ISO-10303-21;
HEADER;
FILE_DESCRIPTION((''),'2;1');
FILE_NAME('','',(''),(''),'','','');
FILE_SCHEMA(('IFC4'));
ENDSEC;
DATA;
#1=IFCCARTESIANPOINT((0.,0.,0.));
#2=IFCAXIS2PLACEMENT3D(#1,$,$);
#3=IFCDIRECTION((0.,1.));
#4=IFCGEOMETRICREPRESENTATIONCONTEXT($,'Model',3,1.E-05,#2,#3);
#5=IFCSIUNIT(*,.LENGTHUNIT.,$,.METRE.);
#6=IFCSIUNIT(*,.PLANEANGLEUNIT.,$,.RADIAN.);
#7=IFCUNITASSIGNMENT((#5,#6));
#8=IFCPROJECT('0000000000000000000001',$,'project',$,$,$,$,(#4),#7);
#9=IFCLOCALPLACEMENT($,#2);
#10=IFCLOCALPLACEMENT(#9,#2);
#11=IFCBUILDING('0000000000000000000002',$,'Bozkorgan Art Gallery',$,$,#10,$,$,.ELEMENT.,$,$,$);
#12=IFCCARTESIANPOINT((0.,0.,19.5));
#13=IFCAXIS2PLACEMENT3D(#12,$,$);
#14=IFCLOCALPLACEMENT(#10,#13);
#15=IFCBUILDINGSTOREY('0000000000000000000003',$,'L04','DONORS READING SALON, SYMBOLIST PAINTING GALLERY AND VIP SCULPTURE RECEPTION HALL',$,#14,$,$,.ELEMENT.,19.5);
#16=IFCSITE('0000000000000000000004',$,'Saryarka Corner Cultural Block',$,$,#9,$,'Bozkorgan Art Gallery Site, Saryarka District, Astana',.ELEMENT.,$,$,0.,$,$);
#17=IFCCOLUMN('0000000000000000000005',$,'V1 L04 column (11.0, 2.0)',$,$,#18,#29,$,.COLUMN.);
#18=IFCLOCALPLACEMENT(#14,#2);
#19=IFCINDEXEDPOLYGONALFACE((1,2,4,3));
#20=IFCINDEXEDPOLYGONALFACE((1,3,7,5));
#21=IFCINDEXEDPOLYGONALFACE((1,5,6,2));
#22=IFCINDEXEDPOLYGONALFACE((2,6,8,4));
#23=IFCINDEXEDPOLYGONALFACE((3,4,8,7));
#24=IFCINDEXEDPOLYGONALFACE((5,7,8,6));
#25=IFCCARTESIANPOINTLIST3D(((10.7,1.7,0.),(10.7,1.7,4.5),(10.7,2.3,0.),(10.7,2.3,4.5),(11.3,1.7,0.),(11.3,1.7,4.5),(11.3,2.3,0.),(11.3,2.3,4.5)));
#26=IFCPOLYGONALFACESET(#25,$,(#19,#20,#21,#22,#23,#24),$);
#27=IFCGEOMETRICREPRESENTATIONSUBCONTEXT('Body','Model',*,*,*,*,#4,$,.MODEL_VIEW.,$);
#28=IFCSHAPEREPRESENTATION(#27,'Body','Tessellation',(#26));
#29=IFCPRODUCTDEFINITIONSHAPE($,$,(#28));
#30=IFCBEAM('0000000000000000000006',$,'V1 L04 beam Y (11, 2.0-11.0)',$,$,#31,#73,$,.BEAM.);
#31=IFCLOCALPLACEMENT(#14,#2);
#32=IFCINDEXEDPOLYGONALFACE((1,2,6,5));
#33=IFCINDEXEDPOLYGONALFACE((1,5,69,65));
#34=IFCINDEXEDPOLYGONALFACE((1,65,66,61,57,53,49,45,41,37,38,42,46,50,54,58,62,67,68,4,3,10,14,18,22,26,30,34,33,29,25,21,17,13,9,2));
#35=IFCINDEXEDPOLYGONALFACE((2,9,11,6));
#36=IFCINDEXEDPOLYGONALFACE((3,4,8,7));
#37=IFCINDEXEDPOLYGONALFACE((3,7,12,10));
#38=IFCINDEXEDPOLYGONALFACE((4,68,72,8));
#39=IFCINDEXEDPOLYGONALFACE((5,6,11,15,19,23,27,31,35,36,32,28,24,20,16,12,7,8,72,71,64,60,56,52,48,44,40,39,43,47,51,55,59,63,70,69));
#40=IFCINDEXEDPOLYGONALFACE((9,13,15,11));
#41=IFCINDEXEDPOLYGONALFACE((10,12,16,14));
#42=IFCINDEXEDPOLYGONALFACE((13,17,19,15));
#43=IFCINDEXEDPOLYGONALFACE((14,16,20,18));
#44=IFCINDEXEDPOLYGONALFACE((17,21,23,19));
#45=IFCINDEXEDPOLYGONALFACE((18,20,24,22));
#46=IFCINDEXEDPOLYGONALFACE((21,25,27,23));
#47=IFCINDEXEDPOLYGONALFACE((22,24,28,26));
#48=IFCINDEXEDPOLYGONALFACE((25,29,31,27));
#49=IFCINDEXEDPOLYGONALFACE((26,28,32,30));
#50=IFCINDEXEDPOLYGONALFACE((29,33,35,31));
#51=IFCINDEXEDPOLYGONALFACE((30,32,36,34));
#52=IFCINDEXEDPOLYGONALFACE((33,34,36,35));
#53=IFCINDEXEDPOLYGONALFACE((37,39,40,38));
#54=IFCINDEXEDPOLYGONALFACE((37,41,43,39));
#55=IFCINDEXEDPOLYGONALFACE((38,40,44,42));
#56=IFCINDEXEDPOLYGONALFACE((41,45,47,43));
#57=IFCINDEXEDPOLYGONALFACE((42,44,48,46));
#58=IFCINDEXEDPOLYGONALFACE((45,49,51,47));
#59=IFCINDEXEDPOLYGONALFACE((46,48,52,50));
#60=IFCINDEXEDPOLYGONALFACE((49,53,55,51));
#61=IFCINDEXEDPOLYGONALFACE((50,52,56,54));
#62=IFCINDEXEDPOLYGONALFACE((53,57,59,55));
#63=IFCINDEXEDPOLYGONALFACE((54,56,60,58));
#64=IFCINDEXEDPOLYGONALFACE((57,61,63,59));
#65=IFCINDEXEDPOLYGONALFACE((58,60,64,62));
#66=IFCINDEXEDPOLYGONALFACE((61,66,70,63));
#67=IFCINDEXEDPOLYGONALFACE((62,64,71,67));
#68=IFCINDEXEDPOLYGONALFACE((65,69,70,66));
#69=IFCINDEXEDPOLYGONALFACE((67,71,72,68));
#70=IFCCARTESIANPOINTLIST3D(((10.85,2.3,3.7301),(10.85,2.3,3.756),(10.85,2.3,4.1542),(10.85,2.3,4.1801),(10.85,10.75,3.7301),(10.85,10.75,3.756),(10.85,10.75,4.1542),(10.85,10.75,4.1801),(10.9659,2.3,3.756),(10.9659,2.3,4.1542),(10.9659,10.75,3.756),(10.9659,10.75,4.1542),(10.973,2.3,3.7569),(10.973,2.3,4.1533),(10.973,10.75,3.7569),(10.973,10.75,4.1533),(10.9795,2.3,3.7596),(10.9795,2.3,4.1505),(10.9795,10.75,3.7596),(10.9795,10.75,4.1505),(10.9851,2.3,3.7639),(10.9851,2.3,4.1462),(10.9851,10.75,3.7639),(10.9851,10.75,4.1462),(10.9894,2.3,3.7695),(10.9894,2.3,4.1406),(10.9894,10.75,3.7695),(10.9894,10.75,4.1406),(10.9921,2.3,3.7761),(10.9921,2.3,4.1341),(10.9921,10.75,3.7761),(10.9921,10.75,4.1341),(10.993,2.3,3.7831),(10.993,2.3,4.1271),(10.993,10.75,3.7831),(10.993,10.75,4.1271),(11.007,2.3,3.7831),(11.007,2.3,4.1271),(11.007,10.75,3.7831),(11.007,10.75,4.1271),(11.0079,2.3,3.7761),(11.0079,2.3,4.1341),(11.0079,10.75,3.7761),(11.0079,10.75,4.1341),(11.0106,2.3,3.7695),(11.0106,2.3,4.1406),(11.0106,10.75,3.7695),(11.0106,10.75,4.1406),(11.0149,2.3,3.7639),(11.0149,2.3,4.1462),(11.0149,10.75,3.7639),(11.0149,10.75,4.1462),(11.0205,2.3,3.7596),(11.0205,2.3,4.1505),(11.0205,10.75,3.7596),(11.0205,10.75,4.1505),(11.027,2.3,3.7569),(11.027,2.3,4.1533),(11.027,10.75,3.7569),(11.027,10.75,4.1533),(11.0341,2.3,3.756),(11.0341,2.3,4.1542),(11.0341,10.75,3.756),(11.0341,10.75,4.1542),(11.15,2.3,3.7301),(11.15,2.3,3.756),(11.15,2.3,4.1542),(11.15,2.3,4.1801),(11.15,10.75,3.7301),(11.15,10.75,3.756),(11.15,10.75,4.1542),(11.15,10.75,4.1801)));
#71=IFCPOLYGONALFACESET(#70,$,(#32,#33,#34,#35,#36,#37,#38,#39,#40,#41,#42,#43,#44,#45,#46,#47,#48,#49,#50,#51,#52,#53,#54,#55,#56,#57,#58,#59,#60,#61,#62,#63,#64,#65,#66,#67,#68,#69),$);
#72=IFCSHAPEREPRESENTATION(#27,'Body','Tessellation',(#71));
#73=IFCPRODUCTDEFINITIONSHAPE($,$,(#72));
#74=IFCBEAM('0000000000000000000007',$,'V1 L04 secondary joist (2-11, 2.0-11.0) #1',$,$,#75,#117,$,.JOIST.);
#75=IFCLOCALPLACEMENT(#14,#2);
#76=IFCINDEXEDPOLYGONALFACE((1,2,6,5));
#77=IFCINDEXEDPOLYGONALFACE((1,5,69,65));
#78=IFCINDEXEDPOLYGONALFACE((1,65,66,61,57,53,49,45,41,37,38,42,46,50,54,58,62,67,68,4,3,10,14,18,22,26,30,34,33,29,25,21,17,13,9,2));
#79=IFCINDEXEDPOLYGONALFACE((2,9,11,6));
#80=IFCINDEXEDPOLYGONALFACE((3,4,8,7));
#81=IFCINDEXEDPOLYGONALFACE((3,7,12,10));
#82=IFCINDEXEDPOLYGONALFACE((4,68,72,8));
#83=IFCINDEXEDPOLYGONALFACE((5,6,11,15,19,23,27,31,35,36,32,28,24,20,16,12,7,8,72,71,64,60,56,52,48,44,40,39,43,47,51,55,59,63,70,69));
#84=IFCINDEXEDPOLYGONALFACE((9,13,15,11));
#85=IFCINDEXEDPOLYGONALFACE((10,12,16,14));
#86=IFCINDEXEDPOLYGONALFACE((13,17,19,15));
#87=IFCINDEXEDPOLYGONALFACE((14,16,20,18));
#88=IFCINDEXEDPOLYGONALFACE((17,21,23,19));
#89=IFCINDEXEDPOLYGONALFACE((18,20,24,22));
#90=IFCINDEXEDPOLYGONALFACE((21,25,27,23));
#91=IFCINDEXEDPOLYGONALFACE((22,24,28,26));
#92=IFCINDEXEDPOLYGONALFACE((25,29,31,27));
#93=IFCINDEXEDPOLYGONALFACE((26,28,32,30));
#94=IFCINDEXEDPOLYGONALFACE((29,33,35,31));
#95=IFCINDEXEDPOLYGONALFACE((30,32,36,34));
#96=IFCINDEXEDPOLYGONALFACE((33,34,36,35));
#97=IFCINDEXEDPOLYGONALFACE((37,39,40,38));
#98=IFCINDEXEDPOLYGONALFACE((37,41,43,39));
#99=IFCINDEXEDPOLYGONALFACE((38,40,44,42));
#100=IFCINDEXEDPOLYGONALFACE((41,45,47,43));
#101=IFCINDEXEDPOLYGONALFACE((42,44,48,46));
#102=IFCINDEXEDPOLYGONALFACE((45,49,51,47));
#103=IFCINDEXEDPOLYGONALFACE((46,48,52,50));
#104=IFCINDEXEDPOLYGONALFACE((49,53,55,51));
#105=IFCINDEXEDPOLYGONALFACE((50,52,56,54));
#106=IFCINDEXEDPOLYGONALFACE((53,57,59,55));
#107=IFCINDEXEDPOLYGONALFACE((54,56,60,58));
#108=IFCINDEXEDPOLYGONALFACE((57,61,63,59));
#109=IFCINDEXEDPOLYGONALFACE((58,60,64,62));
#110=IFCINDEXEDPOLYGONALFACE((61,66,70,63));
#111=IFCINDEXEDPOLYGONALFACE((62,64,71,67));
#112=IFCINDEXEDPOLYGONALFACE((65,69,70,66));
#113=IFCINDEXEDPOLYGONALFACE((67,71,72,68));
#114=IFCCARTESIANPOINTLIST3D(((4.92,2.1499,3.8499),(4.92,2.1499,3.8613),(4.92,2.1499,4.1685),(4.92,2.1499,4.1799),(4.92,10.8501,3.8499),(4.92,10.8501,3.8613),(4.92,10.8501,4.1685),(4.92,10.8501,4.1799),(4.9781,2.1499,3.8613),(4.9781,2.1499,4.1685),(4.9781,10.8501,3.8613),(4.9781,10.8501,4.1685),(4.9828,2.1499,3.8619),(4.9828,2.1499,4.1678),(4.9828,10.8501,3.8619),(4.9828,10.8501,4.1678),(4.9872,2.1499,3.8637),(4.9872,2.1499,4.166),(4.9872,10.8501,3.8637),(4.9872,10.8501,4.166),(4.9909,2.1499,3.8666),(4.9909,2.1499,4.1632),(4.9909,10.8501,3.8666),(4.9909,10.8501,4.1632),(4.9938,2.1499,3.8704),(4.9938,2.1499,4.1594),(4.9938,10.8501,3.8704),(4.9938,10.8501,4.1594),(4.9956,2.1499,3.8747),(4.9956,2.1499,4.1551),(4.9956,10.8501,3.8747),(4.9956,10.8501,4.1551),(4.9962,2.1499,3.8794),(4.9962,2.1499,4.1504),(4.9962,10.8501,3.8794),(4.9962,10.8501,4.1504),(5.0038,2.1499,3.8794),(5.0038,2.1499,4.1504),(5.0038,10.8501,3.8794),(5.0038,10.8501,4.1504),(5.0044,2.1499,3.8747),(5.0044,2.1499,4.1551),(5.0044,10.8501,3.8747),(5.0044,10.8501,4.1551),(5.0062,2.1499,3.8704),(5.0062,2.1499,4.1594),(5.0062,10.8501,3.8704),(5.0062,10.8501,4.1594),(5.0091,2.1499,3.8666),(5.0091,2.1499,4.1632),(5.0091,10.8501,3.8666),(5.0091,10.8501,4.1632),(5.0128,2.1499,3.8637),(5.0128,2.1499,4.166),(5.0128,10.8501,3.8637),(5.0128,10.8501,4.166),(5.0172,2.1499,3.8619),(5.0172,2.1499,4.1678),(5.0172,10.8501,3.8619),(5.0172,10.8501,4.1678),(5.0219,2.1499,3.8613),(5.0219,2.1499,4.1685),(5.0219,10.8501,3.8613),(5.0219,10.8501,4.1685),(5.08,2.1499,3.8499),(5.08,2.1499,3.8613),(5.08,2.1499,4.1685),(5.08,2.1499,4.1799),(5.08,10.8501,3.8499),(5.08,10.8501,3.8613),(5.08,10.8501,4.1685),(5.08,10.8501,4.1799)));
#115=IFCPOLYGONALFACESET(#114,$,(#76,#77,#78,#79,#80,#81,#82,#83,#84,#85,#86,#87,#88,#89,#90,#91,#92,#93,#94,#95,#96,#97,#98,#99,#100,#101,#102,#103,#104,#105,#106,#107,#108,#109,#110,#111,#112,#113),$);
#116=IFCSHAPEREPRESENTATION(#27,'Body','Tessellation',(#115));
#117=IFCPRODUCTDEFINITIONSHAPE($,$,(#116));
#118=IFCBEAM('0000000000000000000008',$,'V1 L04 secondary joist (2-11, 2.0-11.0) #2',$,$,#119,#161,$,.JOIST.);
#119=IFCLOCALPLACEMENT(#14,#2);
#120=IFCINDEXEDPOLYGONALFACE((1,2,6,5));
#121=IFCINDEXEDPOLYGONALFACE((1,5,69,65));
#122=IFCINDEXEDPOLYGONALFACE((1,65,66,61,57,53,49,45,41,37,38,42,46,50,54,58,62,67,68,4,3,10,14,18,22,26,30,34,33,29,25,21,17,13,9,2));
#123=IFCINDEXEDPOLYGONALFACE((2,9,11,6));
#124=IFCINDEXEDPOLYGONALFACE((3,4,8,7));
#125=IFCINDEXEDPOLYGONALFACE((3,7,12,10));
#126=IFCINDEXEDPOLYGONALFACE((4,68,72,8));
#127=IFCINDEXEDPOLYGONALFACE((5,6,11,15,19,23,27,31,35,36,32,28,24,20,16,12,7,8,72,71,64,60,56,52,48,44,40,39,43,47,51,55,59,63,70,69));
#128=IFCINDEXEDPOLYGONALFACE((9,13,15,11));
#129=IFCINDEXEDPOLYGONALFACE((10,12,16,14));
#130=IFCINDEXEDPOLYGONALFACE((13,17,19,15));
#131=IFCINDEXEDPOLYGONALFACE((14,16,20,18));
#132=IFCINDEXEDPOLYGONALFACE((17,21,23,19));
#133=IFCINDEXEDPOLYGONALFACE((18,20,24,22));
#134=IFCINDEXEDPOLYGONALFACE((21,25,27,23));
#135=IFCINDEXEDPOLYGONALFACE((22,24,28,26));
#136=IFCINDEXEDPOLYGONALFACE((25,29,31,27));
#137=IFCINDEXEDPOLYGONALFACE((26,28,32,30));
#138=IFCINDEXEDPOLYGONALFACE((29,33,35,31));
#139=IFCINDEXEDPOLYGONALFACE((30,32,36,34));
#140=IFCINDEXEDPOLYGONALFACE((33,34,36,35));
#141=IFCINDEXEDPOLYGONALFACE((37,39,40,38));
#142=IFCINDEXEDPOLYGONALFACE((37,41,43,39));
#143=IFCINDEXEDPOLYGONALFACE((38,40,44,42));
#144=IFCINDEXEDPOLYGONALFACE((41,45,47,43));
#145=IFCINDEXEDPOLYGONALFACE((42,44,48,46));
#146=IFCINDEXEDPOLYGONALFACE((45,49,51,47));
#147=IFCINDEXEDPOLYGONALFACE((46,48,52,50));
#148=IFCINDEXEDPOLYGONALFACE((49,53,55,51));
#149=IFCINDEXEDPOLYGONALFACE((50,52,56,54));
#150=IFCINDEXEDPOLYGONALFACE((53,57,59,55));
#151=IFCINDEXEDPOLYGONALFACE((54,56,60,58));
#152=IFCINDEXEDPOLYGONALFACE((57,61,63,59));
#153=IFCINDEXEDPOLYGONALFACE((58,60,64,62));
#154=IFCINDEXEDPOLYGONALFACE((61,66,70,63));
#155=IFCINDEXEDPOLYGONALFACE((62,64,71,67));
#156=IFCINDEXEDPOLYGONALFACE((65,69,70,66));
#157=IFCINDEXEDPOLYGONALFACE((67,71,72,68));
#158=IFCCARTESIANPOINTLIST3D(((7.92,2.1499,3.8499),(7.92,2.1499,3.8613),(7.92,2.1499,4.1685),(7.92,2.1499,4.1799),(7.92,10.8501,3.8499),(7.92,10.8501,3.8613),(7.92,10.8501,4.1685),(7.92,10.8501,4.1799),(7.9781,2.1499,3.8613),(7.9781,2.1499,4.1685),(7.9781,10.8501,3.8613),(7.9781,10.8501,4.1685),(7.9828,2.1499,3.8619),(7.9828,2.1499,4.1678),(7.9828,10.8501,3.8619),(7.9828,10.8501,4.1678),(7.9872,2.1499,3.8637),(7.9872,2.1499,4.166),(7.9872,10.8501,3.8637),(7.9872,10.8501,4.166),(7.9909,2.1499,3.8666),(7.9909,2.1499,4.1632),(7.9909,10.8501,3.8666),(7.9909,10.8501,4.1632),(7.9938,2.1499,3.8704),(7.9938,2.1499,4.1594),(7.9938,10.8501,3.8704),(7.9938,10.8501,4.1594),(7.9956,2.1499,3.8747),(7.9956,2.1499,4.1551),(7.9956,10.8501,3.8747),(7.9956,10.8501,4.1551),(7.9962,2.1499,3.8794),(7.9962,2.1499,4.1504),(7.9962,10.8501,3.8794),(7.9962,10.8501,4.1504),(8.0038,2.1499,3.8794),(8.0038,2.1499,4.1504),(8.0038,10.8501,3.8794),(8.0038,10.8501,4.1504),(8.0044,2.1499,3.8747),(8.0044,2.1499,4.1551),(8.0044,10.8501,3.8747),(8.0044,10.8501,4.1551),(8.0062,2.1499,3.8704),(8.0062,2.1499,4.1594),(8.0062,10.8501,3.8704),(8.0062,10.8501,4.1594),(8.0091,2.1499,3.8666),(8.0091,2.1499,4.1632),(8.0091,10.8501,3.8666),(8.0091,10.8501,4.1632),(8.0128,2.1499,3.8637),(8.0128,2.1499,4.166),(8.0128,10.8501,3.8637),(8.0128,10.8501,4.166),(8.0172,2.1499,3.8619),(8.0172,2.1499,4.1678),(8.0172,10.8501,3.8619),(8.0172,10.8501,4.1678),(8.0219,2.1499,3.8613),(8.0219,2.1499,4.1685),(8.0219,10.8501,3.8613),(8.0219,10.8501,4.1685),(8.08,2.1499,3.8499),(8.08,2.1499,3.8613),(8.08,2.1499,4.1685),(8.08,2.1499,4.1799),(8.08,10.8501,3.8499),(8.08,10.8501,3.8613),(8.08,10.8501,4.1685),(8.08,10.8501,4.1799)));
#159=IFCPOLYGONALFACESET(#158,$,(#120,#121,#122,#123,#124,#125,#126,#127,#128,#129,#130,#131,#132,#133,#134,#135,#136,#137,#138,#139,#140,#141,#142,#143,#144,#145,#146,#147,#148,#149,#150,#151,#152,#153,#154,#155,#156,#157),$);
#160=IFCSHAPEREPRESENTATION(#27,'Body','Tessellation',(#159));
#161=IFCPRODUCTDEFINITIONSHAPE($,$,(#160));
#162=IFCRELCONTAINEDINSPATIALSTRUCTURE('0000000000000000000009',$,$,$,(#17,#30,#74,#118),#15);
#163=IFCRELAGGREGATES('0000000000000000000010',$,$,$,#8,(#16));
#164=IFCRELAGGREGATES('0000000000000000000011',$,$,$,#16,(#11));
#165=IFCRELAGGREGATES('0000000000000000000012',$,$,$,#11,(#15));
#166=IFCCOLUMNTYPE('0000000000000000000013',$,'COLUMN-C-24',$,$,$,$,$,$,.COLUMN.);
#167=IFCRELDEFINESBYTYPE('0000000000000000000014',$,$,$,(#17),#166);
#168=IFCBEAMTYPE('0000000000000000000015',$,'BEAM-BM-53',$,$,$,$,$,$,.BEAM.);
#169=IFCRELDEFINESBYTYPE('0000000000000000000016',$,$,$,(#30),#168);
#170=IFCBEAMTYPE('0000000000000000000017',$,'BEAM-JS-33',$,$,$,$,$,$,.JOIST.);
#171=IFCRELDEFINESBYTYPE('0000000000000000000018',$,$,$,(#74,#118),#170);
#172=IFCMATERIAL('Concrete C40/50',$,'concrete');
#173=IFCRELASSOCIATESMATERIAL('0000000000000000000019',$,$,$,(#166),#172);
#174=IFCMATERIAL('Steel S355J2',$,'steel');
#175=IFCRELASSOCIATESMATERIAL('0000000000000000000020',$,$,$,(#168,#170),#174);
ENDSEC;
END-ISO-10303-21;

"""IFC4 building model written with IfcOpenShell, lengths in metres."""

from ifc_helpers import new_model, si_unit, direction, frame, origin, origin_2d, place, context, subcontext, project, spatial, rectangle, i_section, extrude, material, material_profile, profile_set, type_object, element, save


model = new_model("IFC4")

# Units and contexts
model_context = context("Model", 3, precision=1e-05, world=origin(), true_north=direction((0.0, 1.0)))
body_context = subcontext(model_context, "Body", "Model", "MODEL_VIEW")
ifc_project = project(units=[si_unit("LENGTHUNIT", "METRE"), si_unit("PLANEANGLEUNIT", "RADIAN")], contexts=[model_context])

# Site, building, storey
site_placement = place(None, origin())
site = spatial("IfcSite", under=ifc_project, at=site_placement, Name="Saryarka Corner Cultural Block", LongName="Bozkorgan Art Gallery Site, Saryarka District, Astana", CompositionType="ELEMENT", RefElevation=0.0)
building_placement = place(site_placement, origin())
building = spatial("IfcBuilding", under=site, at=building_placement, Name="Bozkorgan Art Gallery", CompositionType="ELEMENT")
storey_placement = place(building_placement, frame((0.0, 0.0, 19.5)))
storey = spatial("IfcBuildingStorey", under=building, at=storey_placement, Name="L04", Description="DONORS READING SALON, SYMBOLIST PAINTING GALLERY AND VIP SCULPTURE RECEPTION HALL", CompositionType="ELEMENT", Elevation=19.5)

# Column
ifc_material_1 = material(Name="Concrete C40/50", Category="concrete")
ifc_material_profile_1 = material_profile(ifc_material_1, rectangle(XDim=0.6001, YDim=0.6001, at=origin_2d()), Name="RC 600x600")
ifc_profile_set_1 = profile_set([ifc_material_profile_1], Name="Concrete C40/50")
column_type = type_object("IfcColumnType", Name="COLUMN-C-24", PredefinedType="COLUMN", material=ifc_profile_set_1)
column_placement = place(storey_placement, frame((11.0, 2.0, 0.0), z_axis=(0.0, 0.0, 1.0), x_axis=(1.0, 0.0, 0.0)))
element("IfcColumn", 1, at=column_placement, inside=storey, type_object=column_type, Name="V1 L04 column (11.0, 2.0)", PredefinedType="COLUMN", context=body_context, shape_type="SweptSolid", body=[
    extrude(rectangle(XDim=0.6001, YDim=0.6001, at=origin_2d()), origin(), (0.0, 0.0, 1.0), 4.5),
])

# Beams
ifc_material_2 = material(Name="Steel S355J2", Category="steel")
ifc_material_profile_2 = material_profile(ifc_material_2, i_section(OverallWidth=0.3, OverallDepth=0.45, WebThickness=0.0139, FlangeThickness=0.0259, FilletRadius=0.0271, at=origin_2d()), Name="HEB 450")
ifc_profile_set_2 = profile_set([ifc_material_profile_2], Name="Steel S355J2")
beam_type_1 = type_object("IfcBeamType", Name="BEAM-BM-53", PredefinedType="BEAM", material=ifc_profile_set_2)
beam_1_placement = place(storey_placement, frame((11.0, 2.3, 3.9551), z_axis=(0.0, 1.0, 0.0), x_axis=(-1.0, 0.0, 0.0)))
element("IfcBeam", 2, at=beam_1_placement, inside=storey, type_object=beam_type_1, Name="V1 L04 beam Y (11, 2.0-11.0)", PredefinedType="BEAM", context=body_context, shape_type="SweptSolid", body=[
    extrude(i_section(OverallWidth=0.3, OverallDepth=0.45, WebThickness=0.0139, FlangeThickness=0.0259, FilletRadius=0.0271, at=origin_2d()), origin(), (0.0, 0.0, 1.0), 8.45),
])
ifc_material_profile_3 = material_profile(ifc_material_2, i_section(OverallWidth=0.1599, OverallDepth=0.3301, WebThickness=0.0076, FlangeThickness=0.0115, FilletRadius=0.0181, at=origin_2d()), Name="IPE 330")
ifc_profile_set_3 = profile_set([ifc_material_profile_3], Name="Steel S355J2")
beam_type_2 = type_object("IfcBeamType", Name="BEAM-JS-33", PredefinedType="JOIST", material=ifc_profile_set_3)
for number, where, z_axis, x_axis, name in (
    (3, (5.0, 2.1499, 4.0149), (0.0, 1.0, 0.0), (-1.0, 0.0, 0.0), "V1 L04 secondary joist (2-11, 2.0-11.0) #1"),
    (4, (8.0, 2.1499, 4.0149), (0.0, 1.0, 0.0), (-1.0, 0.0, 0.0), "V1 L04 secondary joist (2-11, 2.0-11.0) #2"),
):
    element("IfcBeam", number, at=place(storey_placement, frame(where, z_axis=z_axis, x_axis=x_axis)), inside=storey, type_object=beam_type_2, Name=name, PredefinedType="JOIST", context=body_context, shape_type="SweptSolid", body=[
        extrude(i_section(OverallWidth=0.1599, OverallDepth=0.3301, WebThickness=0.0076, FlangeThickness=0.0115, FilletRadius=0.0181, at=origin_2d()), origin(), (0.0, 0.0, 1.0), 8.7002),
    ])

save(model, "model.ifc")
